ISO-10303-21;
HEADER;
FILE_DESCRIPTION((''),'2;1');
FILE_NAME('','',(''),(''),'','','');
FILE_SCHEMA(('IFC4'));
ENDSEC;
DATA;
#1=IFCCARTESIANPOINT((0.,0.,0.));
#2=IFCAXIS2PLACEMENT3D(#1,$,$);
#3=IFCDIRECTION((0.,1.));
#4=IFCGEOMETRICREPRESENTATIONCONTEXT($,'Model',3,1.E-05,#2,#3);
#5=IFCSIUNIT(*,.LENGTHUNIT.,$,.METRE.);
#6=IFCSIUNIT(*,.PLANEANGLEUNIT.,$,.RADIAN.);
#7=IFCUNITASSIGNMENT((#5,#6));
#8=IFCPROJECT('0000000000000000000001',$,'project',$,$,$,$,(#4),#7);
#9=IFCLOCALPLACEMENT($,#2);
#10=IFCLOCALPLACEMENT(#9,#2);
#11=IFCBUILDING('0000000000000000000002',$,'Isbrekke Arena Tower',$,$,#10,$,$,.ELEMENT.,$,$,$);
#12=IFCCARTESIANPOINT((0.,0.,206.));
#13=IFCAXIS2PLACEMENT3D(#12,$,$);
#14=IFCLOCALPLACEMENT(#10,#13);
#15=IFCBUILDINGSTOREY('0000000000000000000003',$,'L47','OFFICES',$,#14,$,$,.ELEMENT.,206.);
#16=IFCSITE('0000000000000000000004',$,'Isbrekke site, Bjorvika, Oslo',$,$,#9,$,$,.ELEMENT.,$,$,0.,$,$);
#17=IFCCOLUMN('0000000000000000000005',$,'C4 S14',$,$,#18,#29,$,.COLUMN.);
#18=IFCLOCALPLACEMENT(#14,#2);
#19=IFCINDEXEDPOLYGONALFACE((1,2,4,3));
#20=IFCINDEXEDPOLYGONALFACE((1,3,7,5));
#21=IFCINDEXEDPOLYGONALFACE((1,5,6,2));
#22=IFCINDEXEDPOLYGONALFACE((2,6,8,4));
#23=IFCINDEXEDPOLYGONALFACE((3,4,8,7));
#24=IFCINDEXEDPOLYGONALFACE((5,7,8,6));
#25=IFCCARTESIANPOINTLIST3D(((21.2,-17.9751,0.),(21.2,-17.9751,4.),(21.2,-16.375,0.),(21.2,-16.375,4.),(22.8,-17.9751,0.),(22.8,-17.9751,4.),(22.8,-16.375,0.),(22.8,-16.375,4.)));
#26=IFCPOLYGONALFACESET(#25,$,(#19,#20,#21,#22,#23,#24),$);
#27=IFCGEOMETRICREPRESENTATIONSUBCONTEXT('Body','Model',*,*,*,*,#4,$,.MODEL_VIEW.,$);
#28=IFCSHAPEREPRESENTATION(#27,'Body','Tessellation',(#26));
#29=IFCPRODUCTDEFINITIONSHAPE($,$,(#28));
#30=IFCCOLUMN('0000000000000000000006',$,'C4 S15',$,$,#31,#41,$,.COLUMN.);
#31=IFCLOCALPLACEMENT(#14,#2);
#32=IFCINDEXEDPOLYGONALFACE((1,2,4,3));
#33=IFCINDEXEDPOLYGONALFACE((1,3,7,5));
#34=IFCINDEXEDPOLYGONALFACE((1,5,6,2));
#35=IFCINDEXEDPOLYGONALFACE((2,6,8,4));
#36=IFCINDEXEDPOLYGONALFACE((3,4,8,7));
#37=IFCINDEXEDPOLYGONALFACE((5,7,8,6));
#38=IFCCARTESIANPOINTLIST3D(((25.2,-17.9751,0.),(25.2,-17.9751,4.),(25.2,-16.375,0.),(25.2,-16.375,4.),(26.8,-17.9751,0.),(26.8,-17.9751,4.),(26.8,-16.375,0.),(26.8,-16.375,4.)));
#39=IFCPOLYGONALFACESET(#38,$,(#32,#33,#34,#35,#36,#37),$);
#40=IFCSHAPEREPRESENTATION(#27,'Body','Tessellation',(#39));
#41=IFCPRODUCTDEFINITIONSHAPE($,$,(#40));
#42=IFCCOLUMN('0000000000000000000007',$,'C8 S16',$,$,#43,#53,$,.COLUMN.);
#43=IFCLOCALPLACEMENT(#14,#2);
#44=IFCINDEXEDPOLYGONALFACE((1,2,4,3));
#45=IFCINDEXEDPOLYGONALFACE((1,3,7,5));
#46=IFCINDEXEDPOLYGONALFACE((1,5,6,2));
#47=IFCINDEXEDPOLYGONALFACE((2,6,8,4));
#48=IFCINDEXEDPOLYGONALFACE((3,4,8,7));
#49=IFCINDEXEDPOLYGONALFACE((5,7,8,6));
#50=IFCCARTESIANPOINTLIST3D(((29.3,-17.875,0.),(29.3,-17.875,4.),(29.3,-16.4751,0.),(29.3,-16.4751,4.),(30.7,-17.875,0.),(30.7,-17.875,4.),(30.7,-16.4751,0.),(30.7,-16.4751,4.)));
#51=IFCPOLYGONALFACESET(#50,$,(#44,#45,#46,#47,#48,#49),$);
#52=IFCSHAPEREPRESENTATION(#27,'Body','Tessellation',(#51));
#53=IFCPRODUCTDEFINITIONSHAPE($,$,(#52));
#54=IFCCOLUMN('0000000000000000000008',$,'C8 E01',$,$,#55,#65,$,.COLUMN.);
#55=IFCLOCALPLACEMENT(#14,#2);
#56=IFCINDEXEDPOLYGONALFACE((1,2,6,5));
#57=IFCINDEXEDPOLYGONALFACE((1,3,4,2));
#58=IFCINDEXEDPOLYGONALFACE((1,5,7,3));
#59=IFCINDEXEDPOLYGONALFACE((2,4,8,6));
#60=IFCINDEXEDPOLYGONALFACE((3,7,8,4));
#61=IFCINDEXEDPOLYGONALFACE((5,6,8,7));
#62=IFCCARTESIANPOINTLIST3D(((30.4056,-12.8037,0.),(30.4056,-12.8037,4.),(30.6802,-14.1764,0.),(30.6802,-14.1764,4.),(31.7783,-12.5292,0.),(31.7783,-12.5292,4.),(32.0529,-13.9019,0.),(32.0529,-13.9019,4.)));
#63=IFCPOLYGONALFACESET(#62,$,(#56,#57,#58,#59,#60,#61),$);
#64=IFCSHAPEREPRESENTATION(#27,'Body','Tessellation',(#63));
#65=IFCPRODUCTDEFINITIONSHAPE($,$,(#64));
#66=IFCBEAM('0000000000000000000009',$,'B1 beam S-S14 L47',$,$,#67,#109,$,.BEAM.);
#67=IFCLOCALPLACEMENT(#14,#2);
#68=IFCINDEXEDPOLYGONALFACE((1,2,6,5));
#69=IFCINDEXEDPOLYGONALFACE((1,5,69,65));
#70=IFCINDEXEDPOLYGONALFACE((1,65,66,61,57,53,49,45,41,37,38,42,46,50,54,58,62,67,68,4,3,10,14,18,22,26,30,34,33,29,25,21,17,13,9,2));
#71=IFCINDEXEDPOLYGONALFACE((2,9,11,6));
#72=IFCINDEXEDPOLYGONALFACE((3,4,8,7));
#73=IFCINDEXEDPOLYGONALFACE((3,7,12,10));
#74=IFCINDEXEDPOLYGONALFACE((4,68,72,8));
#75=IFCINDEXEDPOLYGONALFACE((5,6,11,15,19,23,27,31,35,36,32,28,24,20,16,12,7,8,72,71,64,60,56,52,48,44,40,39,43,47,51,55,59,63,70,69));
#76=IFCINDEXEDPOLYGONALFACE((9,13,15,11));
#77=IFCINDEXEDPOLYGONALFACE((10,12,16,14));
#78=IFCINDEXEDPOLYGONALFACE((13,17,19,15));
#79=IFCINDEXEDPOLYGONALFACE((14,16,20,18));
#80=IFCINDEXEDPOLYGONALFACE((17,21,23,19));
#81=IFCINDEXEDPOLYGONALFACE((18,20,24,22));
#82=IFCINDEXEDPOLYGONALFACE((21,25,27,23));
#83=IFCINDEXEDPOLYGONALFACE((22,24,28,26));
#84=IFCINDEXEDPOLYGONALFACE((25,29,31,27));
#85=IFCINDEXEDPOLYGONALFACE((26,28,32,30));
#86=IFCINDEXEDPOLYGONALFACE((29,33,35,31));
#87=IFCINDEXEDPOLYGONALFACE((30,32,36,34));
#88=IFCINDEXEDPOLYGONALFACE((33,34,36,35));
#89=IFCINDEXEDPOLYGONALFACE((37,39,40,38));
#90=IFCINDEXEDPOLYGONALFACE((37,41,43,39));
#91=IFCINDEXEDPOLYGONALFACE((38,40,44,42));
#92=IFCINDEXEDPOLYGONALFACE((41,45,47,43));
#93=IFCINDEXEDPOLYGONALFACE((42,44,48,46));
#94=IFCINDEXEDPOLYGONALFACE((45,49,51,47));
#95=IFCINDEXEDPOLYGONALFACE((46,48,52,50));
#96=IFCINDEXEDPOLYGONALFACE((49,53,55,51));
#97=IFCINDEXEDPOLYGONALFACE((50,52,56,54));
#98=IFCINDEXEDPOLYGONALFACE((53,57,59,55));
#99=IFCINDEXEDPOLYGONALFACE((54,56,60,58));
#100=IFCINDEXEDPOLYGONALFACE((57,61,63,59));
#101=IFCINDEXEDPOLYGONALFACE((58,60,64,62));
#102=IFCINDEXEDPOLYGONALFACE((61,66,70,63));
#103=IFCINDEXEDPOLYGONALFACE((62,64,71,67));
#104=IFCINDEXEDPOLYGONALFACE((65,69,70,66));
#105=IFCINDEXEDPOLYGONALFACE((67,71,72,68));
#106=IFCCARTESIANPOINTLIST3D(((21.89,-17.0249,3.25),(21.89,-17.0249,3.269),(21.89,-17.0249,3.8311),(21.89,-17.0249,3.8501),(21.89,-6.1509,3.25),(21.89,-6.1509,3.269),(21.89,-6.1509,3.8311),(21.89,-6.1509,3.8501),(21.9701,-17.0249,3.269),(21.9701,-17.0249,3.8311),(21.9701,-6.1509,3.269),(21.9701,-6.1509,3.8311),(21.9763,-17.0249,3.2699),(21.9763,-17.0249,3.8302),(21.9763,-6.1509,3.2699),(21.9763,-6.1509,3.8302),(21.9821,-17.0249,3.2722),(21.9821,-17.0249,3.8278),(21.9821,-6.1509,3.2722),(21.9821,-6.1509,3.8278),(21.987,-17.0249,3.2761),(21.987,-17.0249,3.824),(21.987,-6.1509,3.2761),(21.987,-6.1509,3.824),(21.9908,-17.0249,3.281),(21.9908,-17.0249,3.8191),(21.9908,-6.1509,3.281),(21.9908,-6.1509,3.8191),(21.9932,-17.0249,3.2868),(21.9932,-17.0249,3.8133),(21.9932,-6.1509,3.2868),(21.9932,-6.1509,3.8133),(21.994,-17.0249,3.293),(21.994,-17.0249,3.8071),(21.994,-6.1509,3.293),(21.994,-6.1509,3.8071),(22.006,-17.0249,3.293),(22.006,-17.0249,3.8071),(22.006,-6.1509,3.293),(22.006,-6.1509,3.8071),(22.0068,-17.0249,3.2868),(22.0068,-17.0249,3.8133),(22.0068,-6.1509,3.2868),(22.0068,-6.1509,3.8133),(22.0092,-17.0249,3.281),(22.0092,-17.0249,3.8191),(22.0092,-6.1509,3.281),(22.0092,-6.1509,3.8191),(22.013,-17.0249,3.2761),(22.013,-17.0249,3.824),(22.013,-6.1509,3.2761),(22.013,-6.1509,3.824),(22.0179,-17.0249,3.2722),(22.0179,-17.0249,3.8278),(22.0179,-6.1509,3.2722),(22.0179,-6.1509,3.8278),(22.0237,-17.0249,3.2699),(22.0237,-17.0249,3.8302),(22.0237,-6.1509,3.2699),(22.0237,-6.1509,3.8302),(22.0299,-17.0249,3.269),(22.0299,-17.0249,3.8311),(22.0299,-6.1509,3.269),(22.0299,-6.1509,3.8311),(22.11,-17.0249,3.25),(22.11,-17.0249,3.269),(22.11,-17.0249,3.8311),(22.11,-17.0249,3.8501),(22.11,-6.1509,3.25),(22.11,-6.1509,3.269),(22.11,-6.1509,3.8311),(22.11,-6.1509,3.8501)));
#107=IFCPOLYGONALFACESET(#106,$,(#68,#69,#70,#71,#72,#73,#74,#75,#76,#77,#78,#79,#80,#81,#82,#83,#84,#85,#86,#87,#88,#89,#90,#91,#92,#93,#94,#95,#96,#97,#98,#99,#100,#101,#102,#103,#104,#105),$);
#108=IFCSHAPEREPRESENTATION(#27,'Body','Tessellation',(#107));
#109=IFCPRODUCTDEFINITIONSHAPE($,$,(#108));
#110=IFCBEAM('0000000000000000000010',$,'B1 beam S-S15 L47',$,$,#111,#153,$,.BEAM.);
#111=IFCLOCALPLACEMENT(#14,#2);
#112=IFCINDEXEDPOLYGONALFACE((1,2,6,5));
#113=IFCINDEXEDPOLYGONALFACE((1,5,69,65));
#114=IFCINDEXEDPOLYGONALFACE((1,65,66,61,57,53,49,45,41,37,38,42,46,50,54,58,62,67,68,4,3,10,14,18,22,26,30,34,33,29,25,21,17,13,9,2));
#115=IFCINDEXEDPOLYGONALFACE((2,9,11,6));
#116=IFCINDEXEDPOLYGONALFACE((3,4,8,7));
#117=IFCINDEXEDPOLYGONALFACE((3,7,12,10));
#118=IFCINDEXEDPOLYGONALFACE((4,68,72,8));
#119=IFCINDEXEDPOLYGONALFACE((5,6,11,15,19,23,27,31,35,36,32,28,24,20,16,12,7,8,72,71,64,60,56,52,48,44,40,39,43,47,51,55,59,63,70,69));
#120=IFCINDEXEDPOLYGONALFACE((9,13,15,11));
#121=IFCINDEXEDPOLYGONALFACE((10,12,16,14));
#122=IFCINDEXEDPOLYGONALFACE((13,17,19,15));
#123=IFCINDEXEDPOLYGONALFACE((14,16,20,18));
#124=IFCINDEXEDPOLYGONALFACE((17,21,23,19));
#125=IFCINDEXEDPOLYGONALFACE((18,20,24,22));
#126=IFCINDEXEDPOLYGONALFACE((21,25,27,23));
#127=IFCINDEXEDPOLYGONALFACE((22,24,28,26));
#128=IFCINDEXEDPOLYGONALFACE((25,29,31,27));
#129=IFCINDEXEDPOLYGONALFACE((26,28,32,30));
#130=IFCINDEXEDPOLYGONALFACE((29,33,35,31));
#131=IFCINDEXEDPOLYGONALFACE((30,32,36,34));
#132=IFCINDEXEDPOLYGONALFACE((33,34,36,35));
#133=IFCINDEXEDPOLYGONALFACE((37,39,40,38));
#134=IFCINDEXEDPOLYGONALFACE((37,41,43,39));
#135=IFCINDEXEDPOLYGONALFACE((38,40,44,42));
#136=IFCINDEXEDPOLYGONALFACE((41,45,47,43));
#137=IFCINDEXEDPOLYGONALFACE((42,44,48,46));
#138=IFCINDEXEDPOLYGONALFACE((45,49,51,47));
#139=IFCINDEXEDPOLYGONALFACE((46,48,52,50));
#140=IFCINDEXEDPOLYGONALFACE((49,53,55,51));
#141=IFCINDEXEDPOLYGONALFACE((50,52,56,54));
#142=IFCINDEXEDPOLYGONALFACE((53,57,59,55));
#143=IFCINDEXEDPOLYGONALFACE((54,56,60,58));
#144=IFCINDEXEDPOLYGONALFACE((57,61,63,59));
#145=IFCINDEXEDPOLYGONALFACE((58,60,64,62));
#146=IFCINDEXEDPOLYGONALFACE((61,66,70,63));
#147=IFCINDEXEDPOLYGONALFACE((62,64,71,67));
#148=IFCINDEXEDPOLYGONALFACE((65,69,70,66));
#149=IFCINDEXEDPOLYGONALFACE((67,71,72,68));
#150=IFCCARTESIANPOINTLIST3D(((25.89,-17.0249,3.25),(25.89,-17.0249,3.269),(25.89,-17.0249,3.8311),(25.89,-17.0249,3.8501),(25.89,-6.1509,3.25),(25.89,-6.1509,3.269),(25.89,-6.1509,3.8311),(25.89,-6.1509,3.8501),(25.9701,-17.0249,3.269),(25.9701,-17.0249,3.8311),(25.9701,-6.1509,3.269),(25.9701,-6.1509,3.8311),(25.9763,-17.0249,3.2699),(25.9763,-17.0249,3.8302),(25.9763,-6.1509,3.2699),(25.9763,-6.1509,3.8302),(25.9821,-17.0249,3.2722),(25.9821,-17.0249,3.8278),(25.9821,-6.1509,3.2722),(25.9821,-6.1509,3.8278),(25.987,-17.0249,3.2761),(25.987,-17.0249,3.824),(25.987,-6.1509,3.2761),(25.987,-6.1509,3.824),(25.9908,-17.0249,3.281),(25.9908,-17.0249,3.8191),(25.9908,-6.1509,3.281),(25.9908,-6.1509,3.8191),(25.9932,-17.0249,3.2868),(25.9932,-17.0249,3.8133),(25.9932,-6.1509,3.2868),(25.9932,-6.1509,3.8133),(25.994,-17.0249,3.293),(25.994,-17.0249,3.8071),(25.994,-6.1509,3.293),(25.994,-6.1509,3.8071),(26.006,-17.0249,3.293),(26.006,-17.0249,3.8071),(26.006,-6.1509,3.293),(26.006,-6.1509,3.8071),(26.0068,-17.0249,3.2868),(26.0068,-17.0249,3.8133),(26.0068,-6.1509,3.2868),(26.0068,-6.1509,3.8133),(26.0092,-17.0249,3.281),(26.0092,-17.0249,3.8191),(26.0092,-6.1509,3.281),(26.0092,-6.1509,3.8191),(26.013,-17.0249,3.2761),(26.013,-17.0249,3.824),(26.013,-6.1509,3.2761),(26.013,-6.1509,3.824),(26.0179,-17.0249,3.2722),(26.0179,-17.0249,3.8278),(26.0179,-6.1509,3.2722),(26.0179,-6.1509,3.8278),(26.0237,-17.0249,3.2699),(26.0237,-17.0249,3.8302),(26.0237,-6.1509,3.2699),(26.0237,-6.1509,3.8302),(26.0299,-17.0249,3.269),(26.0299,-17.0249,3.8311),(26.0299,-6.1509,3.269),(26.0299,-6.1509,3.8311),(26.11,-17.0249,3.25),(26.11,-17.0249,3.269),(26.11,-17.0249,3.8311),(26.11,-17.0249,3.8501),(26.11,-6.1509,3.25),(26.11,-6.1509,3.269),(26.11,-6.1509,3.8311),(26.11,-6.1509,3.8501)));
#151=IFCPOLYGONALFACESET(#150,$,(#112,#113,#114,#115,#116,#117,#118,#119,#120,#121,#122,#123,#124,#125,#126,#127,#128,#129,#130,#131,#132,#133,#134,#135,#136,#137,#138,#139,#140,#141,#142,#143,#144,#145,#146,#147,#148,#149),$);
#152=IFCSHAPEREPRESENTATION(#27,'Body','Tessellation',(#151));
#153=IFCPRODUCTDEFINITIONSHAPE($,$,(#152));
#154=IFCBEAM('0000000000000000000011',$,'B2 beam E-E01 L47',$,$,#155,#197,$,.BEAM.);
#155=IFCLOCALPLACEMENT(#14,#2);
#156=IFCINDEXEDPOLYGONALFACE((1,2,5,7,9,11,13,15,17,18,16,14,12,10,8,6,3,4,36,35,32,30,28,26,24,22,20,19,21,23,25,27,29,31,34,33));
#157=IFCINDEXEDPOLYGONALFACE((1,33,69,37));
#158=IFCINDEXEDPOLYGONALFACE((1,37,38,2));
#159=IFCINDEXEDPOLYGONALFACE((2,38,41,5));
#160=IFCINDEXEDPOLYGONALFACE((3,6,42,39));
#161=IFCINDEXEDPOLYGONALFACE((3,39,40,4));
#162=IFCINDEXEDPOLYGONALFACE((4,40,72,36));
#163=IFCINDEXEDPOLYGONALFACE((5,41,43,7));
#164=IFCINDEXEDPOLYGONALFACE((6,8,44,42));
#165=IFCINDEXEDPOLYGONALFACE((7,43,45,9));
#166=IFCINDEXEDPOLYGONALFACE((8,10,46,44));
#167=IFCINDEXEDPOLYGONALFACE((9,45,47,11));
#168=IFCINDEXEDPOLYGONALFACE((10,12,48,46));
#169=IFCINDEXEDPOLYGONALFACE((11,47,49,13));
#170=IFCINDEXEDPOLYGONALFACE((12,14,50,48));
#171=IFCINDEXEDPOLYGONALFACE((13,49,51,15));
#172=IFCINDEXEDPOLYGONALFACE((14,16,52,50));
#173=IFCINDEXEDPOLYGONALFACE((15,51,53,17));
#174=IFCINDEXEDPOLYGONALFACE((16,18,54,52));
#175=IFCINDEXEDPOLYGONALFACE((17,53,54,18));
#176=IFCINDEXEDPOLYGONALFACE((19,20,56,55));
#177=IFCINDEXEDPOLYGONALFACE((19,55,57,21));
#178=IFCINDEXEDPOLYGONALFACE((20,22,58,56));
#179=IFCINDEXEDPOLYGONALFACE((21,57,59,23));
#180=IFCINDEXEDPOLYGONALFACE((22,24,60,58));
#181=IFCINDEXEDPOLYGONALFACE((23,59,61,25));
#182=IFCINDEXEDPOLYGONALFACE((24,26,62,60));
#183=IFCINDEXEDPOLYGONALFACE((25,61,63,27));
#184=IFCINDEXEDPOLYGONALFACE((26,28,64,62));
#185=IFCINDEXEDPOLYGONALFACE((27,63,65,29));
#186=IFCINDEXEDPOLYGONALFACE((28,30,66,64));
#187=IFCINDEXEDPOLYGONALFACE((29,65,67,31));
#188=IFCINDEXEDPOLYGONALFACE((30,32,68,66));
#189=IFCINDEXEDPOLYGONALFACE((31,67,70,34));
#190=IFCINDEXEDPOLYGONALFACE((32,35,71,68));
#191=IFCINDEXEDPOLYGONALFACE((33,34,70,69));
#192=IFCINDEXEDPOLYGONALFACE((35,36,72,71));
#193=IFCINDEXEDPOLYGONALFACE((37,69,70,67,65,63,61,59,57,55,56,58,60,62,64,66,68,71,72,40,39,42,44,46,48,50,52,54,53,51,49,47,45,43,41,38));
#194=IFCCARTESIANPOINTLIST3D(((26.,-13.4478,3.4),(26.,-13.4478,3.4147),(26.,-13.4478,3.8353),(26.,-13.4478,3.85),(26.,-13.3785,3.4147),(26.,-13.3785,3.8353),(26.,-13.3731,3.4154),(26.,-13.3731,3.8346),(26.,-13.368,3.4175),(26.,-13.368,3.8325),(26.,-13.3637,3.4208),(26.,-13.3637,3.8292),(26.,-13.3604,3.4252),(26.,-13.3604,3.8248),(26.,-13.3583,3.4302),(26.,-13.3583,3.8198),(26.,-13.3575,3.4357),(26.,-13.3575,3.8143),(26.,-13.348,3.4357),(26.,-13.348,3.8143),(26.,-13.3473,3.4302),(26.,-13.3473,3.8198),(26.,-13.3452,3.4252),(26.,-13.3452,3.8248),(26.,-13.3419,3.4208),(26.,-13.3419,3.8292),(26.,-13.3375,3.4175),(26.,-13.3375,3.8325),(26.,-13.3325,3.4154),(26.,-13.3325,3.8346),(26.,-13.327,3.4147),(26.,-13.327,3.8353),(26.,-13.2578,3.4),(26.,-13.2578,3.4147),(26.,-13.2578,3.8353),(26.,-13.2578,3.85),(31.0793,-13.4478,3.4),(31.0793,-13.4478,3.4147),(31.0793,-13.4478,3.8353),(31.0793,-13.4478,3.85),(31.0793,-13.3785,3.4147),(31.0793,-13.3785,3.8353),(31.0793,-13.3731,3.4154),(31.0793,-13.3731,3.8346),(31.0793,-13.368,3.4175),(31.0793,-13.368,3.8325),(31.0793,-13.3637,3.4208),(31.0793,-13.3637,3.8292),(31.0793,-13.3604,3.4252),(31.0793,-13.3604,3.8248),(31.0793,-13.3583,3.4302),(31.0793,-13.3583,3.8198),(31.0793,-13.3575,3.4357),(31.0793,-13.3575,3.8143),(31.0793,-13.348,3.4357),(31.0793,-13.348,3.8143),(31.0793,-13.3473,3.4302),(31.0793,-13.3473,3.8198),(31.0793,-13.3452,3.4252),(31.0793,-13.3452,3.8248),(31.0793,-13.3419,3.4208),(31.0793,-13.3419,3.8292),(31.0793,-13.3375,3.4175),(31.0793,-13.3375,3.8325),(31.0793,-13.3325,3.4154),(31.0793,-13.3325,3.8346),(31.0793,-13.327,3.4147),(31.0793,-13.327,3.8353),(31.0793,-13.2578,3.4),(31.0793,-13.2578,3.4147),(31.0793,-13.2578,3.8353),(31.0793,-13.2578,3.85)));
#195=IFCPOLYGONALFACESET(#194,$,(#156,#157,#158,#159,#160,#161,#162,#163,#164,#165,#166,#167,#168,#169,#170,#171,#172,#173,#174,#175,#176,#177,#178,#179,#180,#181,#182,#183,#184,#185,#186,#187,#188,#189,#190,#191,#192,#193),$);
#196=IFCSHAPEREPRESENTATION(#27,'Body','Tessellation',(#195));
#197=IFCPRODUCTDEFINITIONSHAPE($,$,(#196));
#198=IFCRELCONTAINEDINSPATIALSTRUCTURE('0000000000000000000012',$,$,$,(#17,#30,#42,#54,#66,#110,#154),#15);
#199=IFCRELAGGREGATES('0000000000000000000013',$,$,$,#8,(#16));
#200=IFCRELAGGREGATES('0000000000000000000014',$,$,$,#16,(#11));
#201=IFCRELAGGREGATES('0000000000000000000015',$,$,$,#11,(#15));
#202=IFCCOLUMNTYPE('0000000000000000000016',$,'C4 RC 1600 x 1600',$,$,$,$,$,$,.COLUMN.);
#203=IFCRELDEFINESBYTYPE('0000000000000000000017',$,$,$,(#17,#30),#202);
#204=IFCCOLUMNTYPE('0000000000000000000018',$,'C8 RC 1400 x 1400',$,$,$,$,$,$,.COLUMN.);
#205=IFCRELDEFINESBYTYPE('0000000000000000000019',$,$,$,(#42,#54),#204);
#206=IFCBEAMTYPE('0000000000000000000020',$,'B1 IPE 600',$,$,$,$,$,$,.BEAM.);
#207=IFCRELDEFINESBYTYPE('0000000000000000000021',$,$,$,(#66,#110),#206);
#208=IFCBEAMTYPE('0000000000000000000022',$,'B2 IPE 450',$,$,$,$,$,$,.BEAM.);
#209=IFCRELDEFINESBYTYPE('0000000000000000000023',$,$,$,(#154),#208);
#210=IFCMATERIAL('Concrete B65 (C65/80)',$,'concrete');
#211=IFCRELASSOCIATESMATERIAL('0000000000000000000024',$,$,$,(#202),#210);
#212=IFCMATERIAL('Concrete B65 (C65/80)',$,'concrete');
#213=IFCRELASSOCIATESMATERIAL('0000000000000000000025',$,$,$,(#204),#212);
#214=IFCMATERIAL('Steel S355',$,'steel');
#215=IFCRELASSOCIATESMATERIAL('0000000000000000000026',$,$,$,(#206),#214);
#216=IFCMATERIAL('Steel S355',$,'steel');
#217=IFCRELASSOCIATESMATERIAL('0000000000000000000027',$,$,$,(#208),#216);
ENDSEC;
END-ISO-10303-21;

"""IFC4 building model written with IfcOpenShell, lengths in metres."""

from ifc_helpers import new_model, si_unit, direction, frame, origin, origin_2d, place, context, subcontext, project, spatial, rectangle, i_section, extrude, material, material_profile, profile_set, type_object, element, save


model = new_model("IFC4")

# Units and contexts
model_context = context("Model", 3, precision=1e-05, world=origin(), true_north=direction((0.0, 1.0)))
body_context = subcontext(model_context, "Body", "Model", "MODEL_VIEW")
ifc_project = project(units=[si_unit("LENGTHUNIT", "METRE"), si_unit("PLANEANGLEUNIT", "RADIAN")], contexts=[model_context])

# Site, building, storey
site_placement = place(None, origin())
site = spatial("IfcSite", under=ifc_project, at=site_placement, Name="Isbrekke site, Bjorvika, Oslo", CompositionType="ELEMENT", RefElevation=0.0)
building_placement = place(site_placement, origin())
building = spatial("IfcBuilding", under=site, at=building_placement, Name="Isbrekke Arena Tower", CompositionType="ELEMENT")
storey_placement = place(building_placement, frame((0.0, 0.0, 206.0)))
storey = spatial("IfcBuildingStorey", under=building, at=storey_placement, Name="L47", Description="OFFICES", CompositionType="ELEMENT", Elevation=206.0)

# Columns
ifc_material_1 = material(Name="Concrete B65 (C65/80)", Category="concrete")
ifc_material_profile_1 = material_profile(ifc_material_1, rectangle(XDim=1.6001, YDim=1.6001, at=origin_2d()), Name="RC 1600x1600")
ifc_profile_set_1 = profile_set([ifc_material_profile_1], Name="Concrete B65 (C65/80)")
column_type_1 = type_object("IfcColumnType", Name="C4 RC 1600 x 1600", PredefinedType="COLUMN", material=ifc_profile_set_1)
for number, where, z_axis, x_axis, name in (
    (1, (22.0, -17.175, 0.0), (0.0, 0.0, 1.0), (1.0, 0.0, 0.0), "C4 S14"),
    (2, (26.0, -17.175, 0.0), (0.0, 0.0, 1.0), (1.0, 0.0, 0.0), "C4 S15"),
):
    element("IfcColumn", number, at=place(storey_placement, frame(where, z_axis=z_axis, x_axis=x_axis)), inside=storey, type_object=column_type_1, Name=name, PredefinedType="COLUMN", context=body_context, shape_type="SweptSolid", body=[
        extrude(rectangle(XDim=1.6001, YDim=1.6001, at=origin_2d()), origin(), (0.0, 0.0, 1.0), 4.0),
    ])
ifc_material_2 = material(Name="Concrete B65 (C65/80)", Category="concrete")
ifc_material_profile_2 = material_profile(ifc_material_2, rectangle(XDim=1.3999, YDim=1.3999, at=origin_2d()), Name="RC 1400x1400")
ifc_profile_set_2 = profile_set([ifc_material_profile_2], Name="Concrete B65 (C65/80)")
column_type_2 = type_object("IfcColumnType", Name="C8 RC 1400 x 1400", PredefinedType="COLUMN", material=ifc_profile_set_2)
for number, where, z_axis, x_axis, name in (
    (3, (30.0, -17.175, 0.0), (0.0, 0.0, 1.0), (1.0, 0.0, 0.0), "C8 S16"),
    (4, (31.2292, -13.3528, 0.0), (0.0, 0.0, 1.0), (-0.196116, 0.980581, 0.0), "C8 E01"),
):
    element("IfcColumn", number, at=place(storey_placement, frame(where, z_axis=z_axis, x_axis=x_axis)), inside=storey, type_object=column_type_2, Name=name, PredefinedType="COLUMN", context=body_context, shape_type="SweptSolid", body=[
        extrude(rectangle(XDim=1.3999, YDim=1.3999, at=origin_2d()), origin(), (0.0, 0.0, 1.0), 4.0),
    ])

# Beams
ifc_material_3 = material(Name="Steel S355", Category="steel")
ifc_material_profile_3 = material_profile(ifc_material_3, i_section(OverallWidth=0.22, OverallDepth=0.6001, WebThickness=0.012, FlangeThickness=0.019, FilletRadius=0.0239, at=origin_2d()), Name="IPE 600")
ifc_profile_set_3 = profile_set([ifc_material_profile_3], Name="Steel S355")
beam_type_1 = type_object("IfcBeamType", Name="B1 IPE 600", PredefinedType="BEAM", material=ifc_profile_set_3)
for number, where, z_axis, x_axis, name in (
    (5, (22.0, -17.0249, 3.55), (0.0, 1.0, 0.0), (-1.0, 0.0, 0.0), "B1 beam S-S14 L47"),
    (6, (26.0, -17.0249, 3.55), (0.0, 1.0, 0.0), (-1.0, 0.0, 0.0), "B1 beam S-S15 L47"),
):
    element("IfcBeam", number, at=place(storey_placement, frame(where, z_axis=z_axis, x_axis=x_axis)), inside=storey, type_object=beam_type_1, Name=name, PredefinedType="BEAM", context=body_context, shape_type="SweptSolid", body=[
        extrude(i_section(OverallWidth=0.22, OverallDepth=0.6001, WebThickness=0.012, FlangeThickness=0.019, FilletRadius=0.0239, at=origin_2d()), origin(), (0.0, 0.0, 1.0), 10.874),
    ])
ifc_material_4 = material(Name="Steel S355", Category="steel")
ifc_material_profile_4 = material_profile(ifc_material_4, i_section(OverallWidth=0.1899, OverallDepth=0.45, WebThickness=0.0095, FlangeThickness=0.0146, FilletRadius=0.021, at=origin_2d()), Name="IPE 450")
ifc_profile_set_4 = profile_set([ifc_material_profile_4], Name="Steel S355")
beam_type_2 = type_object("IfcBeamType", Name="B2 IPE 450", PredefinedType="BEAM", material=ifc_profile_set_4)
beam_1_placement = place(storey_placement, frame((31.0793, -13.3528, 3.625), z_axis=(-1.0, 0.0, 0.0), x_axis=(0.0, -1.0, 0.0)))
element("IfcBeam", 7, at=beam_1_placement, inside=storey, type_object=beam_type_2, Name="B2 beam E-E01 L47", PredefinedType="BEAM", context=body_context, shape_type="SweptSolid", body=[
    extrude(i_section(OverallWidth=0.1899, OverallDepth=0.45, WebThickness=0.0095, FlangeThickness=0.0146, FilletRadius=0.021, at=origin_2d()), origin(), (0.0, 0.0, 1.0), 5.0793),
])

save(model, "model.ifc")
